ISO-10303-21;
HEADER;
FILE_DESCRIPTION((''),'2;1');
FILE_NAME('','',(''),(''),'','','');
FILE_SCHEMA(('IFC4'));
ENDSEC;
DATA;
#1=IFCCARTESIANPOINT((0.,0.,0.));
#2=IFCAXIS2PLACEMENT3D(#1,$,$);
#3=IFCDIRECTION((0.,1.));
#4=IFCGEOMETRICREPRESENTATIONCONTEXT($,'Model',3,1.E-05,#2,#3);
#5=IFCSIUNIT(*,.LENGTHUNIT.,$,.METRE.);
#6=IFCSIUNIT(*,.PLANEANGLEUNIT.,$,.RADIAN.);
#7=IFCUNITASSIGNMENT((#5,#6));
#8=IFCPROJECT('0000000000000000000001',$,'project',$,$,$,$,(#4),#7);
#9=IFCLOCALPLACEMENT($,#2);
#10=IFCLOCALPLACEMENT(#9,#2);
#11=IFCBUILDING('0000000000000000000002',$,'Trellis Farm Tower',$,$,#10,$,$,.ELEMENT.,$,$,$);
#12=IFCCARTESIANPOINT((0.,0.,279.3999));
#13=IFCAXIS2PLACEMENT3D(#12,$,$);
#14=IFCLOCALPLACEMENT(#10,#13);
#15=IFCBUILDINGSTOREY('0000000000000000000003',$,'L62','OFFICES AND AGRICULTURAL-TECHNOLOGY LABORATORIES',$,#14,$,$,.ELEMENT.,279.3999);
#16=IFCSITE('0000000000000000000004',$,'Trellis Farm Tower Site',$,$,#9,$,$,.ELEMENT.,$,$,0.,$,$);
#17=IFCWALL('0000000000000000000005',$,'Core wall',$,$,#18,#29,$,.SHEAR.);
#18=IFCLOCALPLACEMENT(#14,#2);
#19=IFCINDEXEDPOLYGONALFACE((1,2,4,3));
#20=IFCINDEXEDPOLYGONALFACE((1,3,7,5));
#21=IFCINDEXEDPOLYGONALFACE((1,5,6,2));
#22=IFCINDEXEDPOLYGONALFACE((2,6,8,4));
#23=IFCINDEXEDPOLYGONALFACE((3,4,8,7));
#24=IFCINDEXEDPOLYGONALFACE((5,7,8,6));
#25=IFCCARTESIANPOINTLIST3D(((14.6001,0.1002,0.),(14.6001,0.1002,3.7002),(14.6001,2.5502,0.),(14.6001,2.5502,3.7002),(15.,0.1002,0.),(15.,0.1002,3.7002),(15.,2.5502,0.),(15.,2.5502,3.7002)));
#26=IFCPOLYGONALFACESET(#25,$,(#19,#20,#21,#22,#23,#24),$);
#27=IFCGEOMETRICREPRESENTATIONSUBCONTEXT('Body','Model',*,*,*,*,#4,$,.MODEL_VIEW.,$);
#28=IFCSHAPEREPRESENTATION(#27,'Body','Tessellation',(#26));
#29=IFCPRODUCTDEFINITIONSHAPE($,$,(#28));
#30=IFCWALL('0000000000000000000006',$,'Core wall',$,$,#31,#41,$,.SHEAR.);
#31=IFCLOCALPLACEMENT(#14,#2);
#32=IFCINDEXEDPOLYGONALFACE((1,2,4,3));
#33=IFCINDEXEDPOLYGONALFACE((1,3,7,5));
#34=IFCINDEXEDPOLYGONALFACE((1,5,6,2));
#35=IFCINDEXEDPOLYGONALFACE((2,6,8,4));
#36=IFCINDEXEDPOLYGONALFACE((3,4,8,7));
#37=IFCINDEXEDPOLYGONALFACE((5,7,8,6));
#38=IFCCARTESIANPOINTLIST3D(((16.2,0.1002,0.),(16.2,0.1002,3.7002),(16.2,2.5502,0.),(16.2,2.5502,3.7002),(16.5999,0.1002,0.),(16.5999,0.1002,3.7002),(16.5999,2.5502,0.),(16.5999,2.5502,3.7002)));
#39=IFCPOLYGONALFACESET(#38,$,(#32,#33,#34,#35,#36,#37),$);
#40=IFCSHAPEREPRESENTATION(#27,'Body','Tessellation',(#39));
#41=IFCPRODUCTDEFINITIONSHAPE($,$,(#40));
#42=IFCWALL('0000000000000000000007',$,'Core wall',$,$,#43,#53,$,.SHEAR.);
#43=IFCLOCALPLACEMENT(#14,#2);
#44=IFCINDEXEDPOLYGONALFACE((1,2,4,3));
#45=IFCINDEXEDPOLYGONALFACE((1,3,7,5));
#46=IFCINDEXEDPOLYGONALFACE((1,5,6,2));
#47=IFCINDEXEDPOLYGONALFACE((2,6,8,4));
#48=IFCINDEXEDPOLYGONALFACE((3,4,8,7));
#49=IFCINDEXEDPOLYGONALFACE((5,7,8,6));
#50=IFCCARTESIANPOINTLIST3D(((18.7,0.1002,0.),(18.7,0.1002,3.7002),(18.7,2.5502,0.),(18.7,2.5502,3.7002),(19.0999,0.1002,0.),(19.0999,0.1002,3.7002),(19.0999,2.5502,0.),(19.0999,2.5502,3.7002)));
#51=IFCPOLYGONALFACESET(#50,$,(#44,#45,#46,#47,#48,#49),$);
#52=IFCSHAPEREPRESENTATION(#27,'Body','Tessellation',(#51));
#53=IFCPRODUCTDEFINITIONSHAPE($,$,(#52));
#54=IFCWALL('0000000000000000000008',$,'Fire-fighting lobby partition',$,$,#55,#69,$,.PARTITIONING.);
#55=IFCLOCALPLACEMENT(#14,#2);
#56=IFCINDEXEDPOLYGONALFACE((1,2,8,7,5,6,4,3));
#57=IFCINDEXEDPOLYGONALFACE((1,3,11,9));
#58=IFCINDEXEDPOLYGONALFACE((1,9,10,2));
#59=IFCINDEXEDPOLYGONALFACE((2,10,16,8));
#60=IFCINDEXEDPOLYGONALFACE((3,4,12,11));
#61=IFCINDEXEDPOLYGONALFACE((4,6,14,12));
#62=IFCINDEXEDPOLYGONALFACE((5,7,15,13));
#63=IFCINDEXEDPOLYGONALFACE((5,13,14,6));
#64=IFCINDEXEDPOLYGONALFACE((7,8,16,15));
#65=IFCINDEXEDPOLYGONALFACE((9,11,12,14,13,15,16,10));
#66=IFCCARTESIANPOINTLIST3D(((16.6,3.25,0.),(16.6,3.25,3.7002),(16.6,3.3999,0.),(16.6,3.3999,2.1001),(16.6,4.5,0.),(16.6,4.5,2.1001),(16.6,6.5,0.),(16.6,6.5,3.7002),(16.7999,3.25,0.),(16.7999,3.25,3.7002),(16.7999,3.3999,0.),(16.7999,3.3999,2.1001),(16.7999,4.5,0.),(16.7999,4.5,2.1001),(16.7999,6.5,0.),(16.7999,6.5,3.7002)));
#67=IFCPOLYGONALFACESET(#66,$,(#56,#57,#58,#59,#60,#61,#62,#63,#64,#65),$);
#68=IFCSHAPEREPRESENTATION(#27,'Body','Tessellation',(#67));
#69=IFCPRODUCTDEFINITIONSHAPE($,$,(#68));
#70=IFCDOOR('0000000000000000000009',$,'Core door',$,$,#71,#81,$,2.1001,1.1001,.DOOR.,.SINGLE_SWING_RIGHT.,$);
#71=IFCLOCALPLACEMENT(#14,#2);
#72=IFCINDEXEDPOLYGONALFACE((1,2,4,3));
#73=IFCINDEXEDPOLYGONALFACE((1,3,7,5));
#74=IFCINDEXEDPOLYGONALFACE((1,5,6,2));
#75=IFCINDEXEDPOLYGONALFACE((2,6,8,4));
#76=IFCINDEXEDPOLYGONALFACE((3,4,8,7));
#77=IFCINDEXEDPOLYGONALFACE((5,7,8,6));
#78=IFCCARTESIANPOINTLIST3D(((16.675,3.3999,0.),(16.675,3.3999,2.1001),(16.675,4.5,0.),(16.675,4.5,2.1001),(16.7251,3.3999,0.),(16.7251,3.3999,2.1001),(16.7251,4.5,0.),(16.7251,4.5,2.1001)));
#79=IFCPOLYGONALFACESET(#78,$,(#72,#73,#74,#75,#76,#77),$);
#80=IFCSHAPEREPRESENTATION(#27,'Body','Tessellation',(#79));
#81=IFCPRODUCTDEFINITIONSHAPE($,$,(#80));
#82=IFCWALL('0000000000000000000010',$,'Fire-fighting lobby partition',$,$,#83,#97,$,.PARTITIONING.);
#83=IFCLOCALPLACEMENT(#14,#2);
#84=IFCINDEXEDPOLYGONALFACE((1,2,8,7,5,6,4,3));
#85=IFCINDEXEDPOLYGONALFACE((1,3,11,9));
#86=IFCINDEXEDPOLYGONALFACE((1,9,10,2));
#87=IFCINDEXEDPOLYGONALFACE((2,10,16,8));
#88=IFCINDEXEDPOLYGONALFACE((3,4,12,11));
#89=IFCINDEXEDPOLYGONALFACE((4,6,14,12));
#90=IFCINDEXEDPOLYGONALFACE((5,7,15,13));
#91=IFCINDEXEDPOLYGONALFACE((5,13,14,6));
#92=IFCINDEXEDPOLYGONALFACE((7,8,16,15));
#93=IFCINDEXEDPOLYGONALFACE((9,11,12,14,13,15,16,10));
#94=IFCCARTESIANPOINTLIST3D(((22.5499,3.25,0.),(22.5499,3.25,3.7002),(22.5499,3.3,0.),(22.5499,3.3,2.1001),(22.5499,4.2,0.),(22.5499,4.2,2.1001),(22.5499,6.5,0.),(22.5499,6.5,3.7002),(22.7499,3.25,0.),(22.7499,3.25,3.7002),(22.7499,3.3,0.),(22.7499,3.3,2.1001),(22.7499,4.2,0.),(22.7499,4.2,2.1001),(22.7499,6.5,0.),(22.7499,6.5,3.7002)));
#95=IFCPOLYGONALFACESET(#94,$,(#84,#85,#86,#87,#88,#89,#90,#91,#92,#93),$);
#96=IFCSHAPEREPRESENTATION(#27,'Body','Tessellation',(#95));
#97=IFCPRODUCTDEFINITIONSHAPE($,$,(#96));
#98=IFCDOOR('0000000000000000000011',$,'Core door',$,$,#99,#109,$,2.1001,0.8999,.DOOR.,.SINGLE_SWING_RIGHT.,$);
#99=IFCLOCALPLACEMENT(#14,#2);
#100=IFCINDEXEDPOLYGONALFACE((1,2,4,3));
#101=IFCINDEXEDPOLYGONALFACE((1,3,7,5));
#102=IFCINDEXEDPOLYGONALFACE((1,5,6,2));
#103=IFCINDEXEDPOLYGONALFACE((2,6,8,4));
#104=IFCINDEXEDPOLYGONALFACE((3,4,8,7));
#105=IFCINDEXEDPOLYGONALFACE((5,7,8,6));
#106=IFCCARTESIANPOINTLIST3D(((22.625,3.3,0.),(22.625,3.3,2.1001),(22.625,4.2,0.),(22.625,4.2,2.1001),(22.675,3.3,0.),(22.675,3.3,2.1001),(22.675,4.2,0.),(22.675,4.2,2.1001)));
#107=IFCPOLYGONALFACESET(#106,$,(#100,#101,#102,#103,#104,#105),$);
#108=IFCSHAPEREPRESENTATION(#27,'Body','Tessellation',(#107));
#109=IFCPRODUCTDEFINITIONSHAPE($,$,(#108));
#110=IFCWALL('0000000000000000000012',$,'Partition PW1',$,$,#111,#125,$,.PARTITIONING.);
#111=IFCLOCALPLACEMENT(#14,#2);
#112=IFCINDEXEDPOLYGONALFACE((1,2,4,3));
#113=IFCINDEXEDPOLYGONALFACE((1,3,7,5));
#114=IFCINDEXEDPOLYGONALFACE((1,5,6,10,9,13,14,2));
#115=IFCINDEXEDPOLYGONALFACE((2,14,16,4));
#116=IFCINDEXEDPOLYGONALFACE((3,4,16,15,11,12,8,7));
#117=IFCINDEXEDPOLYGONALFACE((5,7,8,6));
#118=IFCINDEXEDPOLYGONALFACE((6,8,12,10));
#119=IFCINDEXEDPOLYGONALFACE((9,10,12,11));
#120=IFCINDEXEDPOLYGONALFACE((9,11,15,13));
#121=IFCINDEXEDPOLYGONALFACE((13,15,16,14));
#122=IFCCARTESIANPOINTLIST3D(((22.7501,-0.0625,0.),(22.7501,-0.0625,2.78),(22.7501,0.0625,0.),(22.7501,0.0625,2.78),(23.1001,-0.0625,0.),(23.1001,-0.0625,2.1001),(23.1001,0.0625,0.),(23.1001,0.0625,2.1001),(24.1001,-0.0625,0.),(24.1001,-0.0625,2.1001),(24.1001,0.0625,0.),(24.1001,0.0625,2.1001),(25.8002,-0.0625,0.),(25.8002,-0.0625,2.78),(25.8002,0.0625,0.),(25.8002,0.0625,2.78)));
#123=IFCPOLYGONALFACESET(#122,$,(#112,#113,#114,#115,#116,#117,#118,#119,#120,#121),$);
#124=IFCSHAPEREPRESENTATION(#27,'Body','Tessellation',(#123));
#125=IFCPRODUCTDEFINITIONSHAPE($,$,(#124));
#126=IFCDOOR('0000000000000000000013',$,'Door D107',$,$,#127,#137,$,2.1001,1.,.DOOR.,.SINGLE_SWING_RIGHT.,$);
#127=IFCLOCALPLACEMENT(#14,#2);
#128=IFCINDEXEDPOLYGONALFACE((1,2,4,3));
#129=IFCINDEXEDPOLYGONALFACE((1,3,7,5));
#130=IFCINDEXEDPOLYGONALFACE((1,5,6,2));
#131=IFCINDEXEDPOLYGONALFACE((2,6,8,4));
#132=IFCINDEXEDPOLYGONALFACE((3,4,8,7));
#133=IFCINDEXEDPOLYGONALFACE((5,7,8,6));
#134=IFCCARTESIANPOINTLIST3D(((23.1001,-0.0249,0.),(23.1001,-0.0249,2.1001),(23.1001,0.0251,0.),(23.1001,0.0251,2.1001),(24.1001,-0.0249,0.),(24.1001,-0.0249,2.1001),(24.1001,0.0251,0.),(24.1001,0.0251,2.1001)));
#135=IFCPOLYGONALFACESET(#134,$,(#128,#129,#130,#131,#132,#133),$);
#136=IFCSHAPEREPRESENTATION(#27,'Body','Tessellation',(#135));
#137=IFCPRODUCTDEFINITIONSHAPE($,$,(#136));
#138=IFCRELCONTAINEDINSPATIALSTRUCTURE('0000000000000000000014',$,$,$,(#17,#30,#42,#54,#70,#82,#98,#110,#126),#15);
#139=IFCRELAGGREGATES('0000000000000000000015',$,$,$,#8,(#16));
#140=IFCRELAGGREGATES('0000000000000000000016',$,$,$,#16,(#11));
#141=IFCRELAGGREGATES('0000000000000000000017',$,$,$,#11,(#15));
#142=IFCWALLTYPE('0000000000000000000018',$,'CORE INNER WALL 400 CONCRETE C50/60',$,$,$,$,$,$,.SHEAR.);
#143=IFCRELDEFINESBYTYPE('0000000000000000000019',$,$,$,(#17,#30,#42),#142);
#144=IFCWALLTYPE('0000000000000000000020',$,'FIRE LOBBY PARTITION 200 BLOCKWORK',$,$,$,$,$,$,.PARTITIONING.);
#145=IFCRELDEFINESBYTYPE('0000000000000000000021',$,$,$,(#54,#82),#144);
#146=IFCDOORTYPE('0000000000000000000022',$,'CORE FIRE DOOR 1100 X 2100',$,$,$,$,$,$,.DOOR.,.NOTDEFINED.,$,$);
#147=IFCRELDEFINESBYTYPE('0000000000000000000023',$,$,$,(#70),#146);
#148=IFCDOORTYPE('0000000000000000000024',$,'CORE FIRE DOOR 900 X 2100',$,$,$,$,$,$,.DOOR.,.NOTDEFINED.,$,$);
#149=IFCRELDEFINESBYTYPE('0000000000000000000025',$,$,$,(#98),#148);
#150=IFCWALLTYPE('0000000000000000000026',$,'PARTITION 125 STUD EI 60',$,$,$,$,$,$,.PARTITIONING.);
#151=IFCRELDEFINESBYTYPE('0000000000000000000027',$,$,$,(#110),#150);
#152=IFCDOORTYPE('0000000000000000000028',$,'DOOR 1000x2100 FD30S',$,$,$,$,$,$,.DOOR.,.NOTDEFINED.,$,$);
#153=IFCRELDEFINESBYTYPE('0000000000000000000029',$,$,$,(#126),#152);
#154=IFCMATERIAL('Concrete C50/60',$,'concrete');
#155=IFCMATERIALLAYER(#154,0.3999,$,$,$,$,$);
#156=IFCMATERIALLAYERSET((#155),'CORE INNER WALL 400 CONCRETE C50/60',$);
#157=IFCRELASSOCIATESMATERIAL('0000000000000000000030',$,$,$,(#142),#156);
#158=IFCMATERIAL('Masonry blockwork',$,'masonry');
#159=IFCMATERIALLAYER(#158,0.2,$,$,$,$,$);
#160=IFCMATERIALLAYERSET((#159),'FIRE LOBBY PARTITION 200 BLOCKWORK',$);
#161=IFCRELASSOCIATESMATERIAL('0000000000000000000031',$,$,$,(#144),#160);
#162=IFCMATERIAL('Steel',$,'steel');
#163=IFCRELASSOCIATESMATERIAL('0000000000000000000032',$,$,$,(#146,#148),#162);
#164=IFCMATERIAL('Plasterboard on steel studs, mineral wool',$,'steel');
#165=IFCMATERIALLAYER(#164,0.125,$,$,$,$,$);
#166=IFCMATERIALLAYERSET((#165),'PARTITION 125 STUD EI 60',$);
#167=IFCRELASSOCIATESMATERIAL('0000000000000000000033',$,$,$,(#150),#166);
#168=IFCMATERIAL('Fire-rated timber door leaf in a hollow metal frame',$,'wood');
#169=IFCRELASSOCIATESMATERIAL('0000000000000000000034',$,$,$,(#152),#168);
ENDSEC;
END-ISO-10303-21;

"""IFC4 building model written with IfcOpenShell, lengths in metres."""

from ifc_helpers import new_model, si_unit, direction, frame, frame_2d, origin, place, context, subcontext, project, spatial, rectangle, extrude, source, transform, mapped, material, layer, layer_set, type_object, element, fill, save


model = new_model("IFC4")

# Units and contexts
model_context = context("Model", 3, precision=1e-05, world=origin(), true_north=direction((0.0, 1.0)))
body_context = subcontext(model_context, "Body", "Model", "MODEL_VIEW")
ifc_project = project(units=[si_unit("LENGTHUNIT", "METRE"), si_unit("PLANEANGLEUNIT", "RADIAN")], contexts=[model_context])

# Site, building, storey
site_placement = place(None, origin())
site = spatial("IfcSite", under=ifc_project, at=site_placement, Name="Trellis Farm Tower Site", CompositionType="ELEMENT", RefElevation=0.0)
building_placement = place(site_placement, origin())
building = spatial("IfcBuilding", under=site, at=building_placement, Name="Trellis Farm Tower", CompositionType="ELEMENT")
storey_placement = place(building_placement, frame((0.0, 0.0, 279.3999)))
storey = spatial("IfcBuildingStorey", under=building, at=storey_placement, Name="L62", Description="OFFICES AND AGRICULTURAL-TECHNOLOGY LABORATORIES", CompositionType="ELEMENT", Elevation=279.3999)

# Walls
ifc_material_1 = material(Name="Concrete C50/60", Category="concrete")
ifc_layer_1 = layer(ifc_material_1, 0.3999)
ifc_layer_set_1 = layer_set([ifc_layer_1], Name="CORE INNER WALL 400 CONCRETE C50/60")
wall_type_1 = type_object("IfcWallType", Name="CORE INNER WALL 400 CONCRETE C50/60", PredefinedType="SHEAR", material=ifc_layer_set_1)
shared_shape_1 = source(origin(), body_context, "Body", "SweptSolid", [
    extrude(rectangle(XDim=2.45, YDim=0.3999, at=frame_2d((1.2251, 0.0))), origin(), (0.0, 0.0, 1.0), 3.7002),
])
for number, where, z_axis, x_axis, name in (
    (1, (14.8, 0.1001, 0.0), (0.0, 0.0, 1.0), (0.0, 1.0, 0.0), "Core wall"),
    (2, (16.3999, 0.1001, 0.0), (0.0, 0.0, 1.0), (0.0, 1.0, 0.0), "Core wall"),
    (3, (18.8999, 0.1001, 0.0), (0.0, 0.0, 1.0), (0.0, 1.0, 0.0), "Core wall"),
):
    element("IfcWall", number, at=place(storey_placement, frame(where, z_axis=z_axis, x_axis=x_axis)), inside=storey, type_object=wall_type_1, Name=name, PredefinedType="SHEAR", context=body_context, shape_type="MappedRepresentation", body=[
        mapped(shared_shape_1, transform((0.0, 0.0, 0.0))),
    ])

# Walls, openings, doors
ifc_material_2 = material(Name="Masonry blockwork", Category="masonry")
ifc_layer_2 = layer(ifc_material_2, 0.2)
ifc_layer_set_2 = layer_set([ifc_layer_2], Name="FIRE LOBBY PARTITION 200 BLOCKWORK")
wall_type_2 = type_object("IfcWallType", Name="FIRE LOBBY PARTITION 200 BLOCKWORK", PredefinedType="PARTITIONING", material=ifc_layer_set_2)
shared_shape_2 = source(origin(), body_context, "Body", "SweptSolid", [
    extrude(rectangle(XDim=3.25, YDim=0.2, at=frame_2d((1.625, 0.0))), origin(), (0.0, 0.0, 1.0), 3.7002),
])
wall_1_placement = place(storey_placement, frame((16.7, 3.25, 0.0), z_axis=(0.0, 0.0, 1.0), x_axis=(0.0, 1.0, 0.0)))
wall_1 = element("IfcWall", 4, at=wall_1_placement, inside=storey, type_object=wall_type_2, Name="Fire-fighting lobby partition", PredefinedType="PARTITIONING", context=body_context, shape_type="MappedRepresentation", body=[
    mapped(shared_shape_2, transform((0.0, 0.0, 0.0))),
])
shared_shape_3 = source(origin(), body_context, "Body", "SweptSolid", [
    extrude(rectangle(XDim=1.1001, YDim=2.1001, at=frame_2d((0.55, 1.05))), frame((0.0, 0.1101, 0.0), z_axis=(0.0, -1.0, 0.0), x_axis=(1.0, 0.0, 0.0)), (0.0, 0.0, 1.0), 0.2202),
])
opening_1_placement = place(wall_1_placement, frame((0.1499, 0.0, 0.0)))
opening_1 = element("IfcOpeningElement", 5, at=opening_1_placement, cuts=wall_1, PredefinedType="OPENING", context=body_context, shape_type="MappedRepresentation", body=[
    mapped(shared_shape_3, transform((0.0, 0.0, 0.0))),
])
ifc_material_3 = material(Name="Steel", Category="steel")
door_type_1 = type_object("IfcDoorType", Name="CORE FIRE DOOR 1100 X 2100", OperationType="NOTDEFINED", PredefinedType="DOOR", material=ifc_material_3)
shared_shape_4 = source(origin(), body_context, "Body", "SweptSolid", [
    extrude(rectangle(XDim=1.1001, YDim=2.1001, at=frame_2d((0.55, 1.05))), frame((0.0, 0.0249, 0.0), z_axis=(0.0, -1.0, 0.0), x_axis=(1.0, 0.0, 0.0)), (0.0, 0.0, 1.0), 0.05),
])
door_1_placement = place(opening_1_placement, origin())
door_1 = element("IfcDoor", 6, at=door_1_placement, inside=storey, type_object=door_type_1, Name="Core door", OperationType="SINGLE_SWING_RIGHT", OverallHeight=2.1001, OverallWidth=1.1001, PredefinedType="DOOR", context=body_context, shape_type="MappedRepresentation", body=[
    mapped(shared_shape_4, transform((0.0, 0.0, 0.0))),
])
fill(opening_1, door_1)
wall_2_placement = place(storey_placement, frame((22.6499, 3.25, 0.0), z_axis=(0.0, 0.0, 1.0), x_axis=(0.0, 1.0, 0.0)))
wall_2 = element("IfcWall", 7, at=wall_2_placement, inside=storey, type_object=wall_type_2, Name="Fire-fighting lobby partition", PredefinedType="PARTITIONING", context=body_context, shape_type="MappedRepresentation", body=[
    mapped(shared_shape_2, transform((0.0, 0.0, 0.0))),
])
shared_shape_5 = source(origin(), body_context, "Body", "SweptSolid", [
    extrude(rectangle(XDim=0.8999, YDim=2.1001, at=frame_2d((0.45, 1.05))), frame((0.0, 0.1101, 0.0), z_axis=(0.0, -1.0, 0.0), x_axis=(1.0, 0.0, 0.0)), (0.0, 0.0, 1.0), 0.2202),
])
opening_2_placement = place(wall_2_placement, frame((0.05, 0.0, 0.0)))
opening_2 = element("IfcOpeningElement", 8, at=opening_2_placement, cuts=wall_2, PredefinedType="OPENING", context=body_context, shape_type="MappedRepresentation", body=[
    mapped(shared_shape_5, transform((0.0, 0.0, 0.0))),
])
door_type_2 = type_object("IfcDoorType", Name="CORE FIRE DOOR 900 X 2100", OperationType="NOTDEFINED", PredefinedType="DOOR", material=ifc_material_3)
shared_shape_6 = source(origin(), body_context, "Body", "SweptSolid", [
    extrude(rectangle(XDim=0.8999, YDim=2.1001, at=frame_2d((0.45, 1.05))), frame((0.0, 0.0249, 0.0), z_axis=(0.0, -1.0, 0.0), x_axis=(1.0, 0.0, 0.0)), (0.0, 0.0, 1.0), 0.05),
])
door_2_placement = place(opening_2_placement, origin())
door_2 = element("IfcDoor", 9, at=door_2_placement, inside=storey, type_object=door_type_2, Name="Core door", OperationType="SINGLE_SWING_RIGHT", OverallHeight=2.1001, OverallWidth=0.8999, PredefinedType="DOOR", context=body_context, shape_type="MappedRepresentation", body=[
    mapped(shared_shape_6, transform((0.0, 0.0, 0.0))),
])
fill(opening_2, door_2)
ifc_material_4 = material(Name="Plasterboard on steel studs, mineral wool", Category="steel")
ifc_layer_3 = layer(ifc_material_4, 0.125)
ifc_layer_set_3 = layer_set([ifc_layer_3], Name="PARTITION 125 STUD EI 60")
wall_type_3 = type_object("IfcWallType", Name="PARTITION 125 STUD EI 60", PredefinedType="PARTITIONING", material=ifc_layer_set_3)
shared_shape_7 = source(origin(), body_context, "Body", "SweptSolid", [
    extrude(rectangle(XDim=3.05, YDim=0.125, at=frame_2d((1.5249, 0.0))), origin(), (0.0, 0.0, 1.0), 2.78),
])
wall_3_placement = place(storey_placement, frame((25.8, 0.0, 0.0), z_axis=(0.0, 0.0, 1.0), x_axis=(-1.0, 0.0, 0.0)))
wall_3 = element("IfcWall", 10, at=wall_3_placement, inside=storey, type_object=wall_type_3, Name="Partition PW1", PredefinedType="PARTITIONING", context=body_context, shape_type="MappedRepresentation", body=[
    mapped(shared_shape_7, transform((0.0, 0.0, 0.0))),
])
shared_shape_8 = source(origin(), body_context, "Body", "SweptSolid", [
    extrude(rectangle(XDim=1.0, YDim=2.1001, at=frame_2d((0.5, 1.05))), frame((0.0, 0.0725, 0.0), z_axis=(0.0, -1.0, 0.0), x_axis=(1.0, 0.0, 0.0)), (0.0, 0.0, 1.0), 0.145),
])
opening_3_placement = place(wall_3_placement, frame((1.7, 0.0, 0.0)))
opening_3 = element("IfcOpeningElement", 11, at=opening_3_placement, cuts=wall_3, PredefinedType="OPENING", context=body_context, shape_type="MappedRepresentation", body=[
    mapped(shared_shape_8, transform((0.0, 0.0, 0.0))),
])
ifc_material_5 = material(Name="Fire-rated timber door leaf in a hollow metal frame", Category="wood")
door_type_3 = type_object("IfcDoorType", Name="DOOR 1000x2100 FD30S", OperationType="NOTDEFINED", PredefinedType="DOOR", material=ifc_material_5)
shared_shape_9 = source(origin(), body_context, "Body", "SweptSolid", [
    extrude(rectangle(XDim=1.0, YDim=2.1001, at=frame_2d((0.5, 1.05))), frame((0.0, 0.0249, 0.0), z_axis=(0.0, -1.0, 0.0), x_axis=(1.0, 0.0, 0.0)), (0.0, 0.0, 1.0), 0.05),
])
door_3_placement = place(opening_3_placement, origin())
door_3 = element("IfcDoor", 12, at=door_3_placement, inside=storey, type_object=door_type_3, Name="Door D107", OperationType="SINGLE_SWING_RIGHT", OverallHeight=2.1001, OverallWidth=1.0, PredefinedType="DOOR", context=body_context, shape_type="MappedRepresentation", body=[
    mapped(shared_shape_9, transform((0.0, 0.0, 0.0))),
])
fill(opening_3, door_3)

save(model, "model.ifc")
